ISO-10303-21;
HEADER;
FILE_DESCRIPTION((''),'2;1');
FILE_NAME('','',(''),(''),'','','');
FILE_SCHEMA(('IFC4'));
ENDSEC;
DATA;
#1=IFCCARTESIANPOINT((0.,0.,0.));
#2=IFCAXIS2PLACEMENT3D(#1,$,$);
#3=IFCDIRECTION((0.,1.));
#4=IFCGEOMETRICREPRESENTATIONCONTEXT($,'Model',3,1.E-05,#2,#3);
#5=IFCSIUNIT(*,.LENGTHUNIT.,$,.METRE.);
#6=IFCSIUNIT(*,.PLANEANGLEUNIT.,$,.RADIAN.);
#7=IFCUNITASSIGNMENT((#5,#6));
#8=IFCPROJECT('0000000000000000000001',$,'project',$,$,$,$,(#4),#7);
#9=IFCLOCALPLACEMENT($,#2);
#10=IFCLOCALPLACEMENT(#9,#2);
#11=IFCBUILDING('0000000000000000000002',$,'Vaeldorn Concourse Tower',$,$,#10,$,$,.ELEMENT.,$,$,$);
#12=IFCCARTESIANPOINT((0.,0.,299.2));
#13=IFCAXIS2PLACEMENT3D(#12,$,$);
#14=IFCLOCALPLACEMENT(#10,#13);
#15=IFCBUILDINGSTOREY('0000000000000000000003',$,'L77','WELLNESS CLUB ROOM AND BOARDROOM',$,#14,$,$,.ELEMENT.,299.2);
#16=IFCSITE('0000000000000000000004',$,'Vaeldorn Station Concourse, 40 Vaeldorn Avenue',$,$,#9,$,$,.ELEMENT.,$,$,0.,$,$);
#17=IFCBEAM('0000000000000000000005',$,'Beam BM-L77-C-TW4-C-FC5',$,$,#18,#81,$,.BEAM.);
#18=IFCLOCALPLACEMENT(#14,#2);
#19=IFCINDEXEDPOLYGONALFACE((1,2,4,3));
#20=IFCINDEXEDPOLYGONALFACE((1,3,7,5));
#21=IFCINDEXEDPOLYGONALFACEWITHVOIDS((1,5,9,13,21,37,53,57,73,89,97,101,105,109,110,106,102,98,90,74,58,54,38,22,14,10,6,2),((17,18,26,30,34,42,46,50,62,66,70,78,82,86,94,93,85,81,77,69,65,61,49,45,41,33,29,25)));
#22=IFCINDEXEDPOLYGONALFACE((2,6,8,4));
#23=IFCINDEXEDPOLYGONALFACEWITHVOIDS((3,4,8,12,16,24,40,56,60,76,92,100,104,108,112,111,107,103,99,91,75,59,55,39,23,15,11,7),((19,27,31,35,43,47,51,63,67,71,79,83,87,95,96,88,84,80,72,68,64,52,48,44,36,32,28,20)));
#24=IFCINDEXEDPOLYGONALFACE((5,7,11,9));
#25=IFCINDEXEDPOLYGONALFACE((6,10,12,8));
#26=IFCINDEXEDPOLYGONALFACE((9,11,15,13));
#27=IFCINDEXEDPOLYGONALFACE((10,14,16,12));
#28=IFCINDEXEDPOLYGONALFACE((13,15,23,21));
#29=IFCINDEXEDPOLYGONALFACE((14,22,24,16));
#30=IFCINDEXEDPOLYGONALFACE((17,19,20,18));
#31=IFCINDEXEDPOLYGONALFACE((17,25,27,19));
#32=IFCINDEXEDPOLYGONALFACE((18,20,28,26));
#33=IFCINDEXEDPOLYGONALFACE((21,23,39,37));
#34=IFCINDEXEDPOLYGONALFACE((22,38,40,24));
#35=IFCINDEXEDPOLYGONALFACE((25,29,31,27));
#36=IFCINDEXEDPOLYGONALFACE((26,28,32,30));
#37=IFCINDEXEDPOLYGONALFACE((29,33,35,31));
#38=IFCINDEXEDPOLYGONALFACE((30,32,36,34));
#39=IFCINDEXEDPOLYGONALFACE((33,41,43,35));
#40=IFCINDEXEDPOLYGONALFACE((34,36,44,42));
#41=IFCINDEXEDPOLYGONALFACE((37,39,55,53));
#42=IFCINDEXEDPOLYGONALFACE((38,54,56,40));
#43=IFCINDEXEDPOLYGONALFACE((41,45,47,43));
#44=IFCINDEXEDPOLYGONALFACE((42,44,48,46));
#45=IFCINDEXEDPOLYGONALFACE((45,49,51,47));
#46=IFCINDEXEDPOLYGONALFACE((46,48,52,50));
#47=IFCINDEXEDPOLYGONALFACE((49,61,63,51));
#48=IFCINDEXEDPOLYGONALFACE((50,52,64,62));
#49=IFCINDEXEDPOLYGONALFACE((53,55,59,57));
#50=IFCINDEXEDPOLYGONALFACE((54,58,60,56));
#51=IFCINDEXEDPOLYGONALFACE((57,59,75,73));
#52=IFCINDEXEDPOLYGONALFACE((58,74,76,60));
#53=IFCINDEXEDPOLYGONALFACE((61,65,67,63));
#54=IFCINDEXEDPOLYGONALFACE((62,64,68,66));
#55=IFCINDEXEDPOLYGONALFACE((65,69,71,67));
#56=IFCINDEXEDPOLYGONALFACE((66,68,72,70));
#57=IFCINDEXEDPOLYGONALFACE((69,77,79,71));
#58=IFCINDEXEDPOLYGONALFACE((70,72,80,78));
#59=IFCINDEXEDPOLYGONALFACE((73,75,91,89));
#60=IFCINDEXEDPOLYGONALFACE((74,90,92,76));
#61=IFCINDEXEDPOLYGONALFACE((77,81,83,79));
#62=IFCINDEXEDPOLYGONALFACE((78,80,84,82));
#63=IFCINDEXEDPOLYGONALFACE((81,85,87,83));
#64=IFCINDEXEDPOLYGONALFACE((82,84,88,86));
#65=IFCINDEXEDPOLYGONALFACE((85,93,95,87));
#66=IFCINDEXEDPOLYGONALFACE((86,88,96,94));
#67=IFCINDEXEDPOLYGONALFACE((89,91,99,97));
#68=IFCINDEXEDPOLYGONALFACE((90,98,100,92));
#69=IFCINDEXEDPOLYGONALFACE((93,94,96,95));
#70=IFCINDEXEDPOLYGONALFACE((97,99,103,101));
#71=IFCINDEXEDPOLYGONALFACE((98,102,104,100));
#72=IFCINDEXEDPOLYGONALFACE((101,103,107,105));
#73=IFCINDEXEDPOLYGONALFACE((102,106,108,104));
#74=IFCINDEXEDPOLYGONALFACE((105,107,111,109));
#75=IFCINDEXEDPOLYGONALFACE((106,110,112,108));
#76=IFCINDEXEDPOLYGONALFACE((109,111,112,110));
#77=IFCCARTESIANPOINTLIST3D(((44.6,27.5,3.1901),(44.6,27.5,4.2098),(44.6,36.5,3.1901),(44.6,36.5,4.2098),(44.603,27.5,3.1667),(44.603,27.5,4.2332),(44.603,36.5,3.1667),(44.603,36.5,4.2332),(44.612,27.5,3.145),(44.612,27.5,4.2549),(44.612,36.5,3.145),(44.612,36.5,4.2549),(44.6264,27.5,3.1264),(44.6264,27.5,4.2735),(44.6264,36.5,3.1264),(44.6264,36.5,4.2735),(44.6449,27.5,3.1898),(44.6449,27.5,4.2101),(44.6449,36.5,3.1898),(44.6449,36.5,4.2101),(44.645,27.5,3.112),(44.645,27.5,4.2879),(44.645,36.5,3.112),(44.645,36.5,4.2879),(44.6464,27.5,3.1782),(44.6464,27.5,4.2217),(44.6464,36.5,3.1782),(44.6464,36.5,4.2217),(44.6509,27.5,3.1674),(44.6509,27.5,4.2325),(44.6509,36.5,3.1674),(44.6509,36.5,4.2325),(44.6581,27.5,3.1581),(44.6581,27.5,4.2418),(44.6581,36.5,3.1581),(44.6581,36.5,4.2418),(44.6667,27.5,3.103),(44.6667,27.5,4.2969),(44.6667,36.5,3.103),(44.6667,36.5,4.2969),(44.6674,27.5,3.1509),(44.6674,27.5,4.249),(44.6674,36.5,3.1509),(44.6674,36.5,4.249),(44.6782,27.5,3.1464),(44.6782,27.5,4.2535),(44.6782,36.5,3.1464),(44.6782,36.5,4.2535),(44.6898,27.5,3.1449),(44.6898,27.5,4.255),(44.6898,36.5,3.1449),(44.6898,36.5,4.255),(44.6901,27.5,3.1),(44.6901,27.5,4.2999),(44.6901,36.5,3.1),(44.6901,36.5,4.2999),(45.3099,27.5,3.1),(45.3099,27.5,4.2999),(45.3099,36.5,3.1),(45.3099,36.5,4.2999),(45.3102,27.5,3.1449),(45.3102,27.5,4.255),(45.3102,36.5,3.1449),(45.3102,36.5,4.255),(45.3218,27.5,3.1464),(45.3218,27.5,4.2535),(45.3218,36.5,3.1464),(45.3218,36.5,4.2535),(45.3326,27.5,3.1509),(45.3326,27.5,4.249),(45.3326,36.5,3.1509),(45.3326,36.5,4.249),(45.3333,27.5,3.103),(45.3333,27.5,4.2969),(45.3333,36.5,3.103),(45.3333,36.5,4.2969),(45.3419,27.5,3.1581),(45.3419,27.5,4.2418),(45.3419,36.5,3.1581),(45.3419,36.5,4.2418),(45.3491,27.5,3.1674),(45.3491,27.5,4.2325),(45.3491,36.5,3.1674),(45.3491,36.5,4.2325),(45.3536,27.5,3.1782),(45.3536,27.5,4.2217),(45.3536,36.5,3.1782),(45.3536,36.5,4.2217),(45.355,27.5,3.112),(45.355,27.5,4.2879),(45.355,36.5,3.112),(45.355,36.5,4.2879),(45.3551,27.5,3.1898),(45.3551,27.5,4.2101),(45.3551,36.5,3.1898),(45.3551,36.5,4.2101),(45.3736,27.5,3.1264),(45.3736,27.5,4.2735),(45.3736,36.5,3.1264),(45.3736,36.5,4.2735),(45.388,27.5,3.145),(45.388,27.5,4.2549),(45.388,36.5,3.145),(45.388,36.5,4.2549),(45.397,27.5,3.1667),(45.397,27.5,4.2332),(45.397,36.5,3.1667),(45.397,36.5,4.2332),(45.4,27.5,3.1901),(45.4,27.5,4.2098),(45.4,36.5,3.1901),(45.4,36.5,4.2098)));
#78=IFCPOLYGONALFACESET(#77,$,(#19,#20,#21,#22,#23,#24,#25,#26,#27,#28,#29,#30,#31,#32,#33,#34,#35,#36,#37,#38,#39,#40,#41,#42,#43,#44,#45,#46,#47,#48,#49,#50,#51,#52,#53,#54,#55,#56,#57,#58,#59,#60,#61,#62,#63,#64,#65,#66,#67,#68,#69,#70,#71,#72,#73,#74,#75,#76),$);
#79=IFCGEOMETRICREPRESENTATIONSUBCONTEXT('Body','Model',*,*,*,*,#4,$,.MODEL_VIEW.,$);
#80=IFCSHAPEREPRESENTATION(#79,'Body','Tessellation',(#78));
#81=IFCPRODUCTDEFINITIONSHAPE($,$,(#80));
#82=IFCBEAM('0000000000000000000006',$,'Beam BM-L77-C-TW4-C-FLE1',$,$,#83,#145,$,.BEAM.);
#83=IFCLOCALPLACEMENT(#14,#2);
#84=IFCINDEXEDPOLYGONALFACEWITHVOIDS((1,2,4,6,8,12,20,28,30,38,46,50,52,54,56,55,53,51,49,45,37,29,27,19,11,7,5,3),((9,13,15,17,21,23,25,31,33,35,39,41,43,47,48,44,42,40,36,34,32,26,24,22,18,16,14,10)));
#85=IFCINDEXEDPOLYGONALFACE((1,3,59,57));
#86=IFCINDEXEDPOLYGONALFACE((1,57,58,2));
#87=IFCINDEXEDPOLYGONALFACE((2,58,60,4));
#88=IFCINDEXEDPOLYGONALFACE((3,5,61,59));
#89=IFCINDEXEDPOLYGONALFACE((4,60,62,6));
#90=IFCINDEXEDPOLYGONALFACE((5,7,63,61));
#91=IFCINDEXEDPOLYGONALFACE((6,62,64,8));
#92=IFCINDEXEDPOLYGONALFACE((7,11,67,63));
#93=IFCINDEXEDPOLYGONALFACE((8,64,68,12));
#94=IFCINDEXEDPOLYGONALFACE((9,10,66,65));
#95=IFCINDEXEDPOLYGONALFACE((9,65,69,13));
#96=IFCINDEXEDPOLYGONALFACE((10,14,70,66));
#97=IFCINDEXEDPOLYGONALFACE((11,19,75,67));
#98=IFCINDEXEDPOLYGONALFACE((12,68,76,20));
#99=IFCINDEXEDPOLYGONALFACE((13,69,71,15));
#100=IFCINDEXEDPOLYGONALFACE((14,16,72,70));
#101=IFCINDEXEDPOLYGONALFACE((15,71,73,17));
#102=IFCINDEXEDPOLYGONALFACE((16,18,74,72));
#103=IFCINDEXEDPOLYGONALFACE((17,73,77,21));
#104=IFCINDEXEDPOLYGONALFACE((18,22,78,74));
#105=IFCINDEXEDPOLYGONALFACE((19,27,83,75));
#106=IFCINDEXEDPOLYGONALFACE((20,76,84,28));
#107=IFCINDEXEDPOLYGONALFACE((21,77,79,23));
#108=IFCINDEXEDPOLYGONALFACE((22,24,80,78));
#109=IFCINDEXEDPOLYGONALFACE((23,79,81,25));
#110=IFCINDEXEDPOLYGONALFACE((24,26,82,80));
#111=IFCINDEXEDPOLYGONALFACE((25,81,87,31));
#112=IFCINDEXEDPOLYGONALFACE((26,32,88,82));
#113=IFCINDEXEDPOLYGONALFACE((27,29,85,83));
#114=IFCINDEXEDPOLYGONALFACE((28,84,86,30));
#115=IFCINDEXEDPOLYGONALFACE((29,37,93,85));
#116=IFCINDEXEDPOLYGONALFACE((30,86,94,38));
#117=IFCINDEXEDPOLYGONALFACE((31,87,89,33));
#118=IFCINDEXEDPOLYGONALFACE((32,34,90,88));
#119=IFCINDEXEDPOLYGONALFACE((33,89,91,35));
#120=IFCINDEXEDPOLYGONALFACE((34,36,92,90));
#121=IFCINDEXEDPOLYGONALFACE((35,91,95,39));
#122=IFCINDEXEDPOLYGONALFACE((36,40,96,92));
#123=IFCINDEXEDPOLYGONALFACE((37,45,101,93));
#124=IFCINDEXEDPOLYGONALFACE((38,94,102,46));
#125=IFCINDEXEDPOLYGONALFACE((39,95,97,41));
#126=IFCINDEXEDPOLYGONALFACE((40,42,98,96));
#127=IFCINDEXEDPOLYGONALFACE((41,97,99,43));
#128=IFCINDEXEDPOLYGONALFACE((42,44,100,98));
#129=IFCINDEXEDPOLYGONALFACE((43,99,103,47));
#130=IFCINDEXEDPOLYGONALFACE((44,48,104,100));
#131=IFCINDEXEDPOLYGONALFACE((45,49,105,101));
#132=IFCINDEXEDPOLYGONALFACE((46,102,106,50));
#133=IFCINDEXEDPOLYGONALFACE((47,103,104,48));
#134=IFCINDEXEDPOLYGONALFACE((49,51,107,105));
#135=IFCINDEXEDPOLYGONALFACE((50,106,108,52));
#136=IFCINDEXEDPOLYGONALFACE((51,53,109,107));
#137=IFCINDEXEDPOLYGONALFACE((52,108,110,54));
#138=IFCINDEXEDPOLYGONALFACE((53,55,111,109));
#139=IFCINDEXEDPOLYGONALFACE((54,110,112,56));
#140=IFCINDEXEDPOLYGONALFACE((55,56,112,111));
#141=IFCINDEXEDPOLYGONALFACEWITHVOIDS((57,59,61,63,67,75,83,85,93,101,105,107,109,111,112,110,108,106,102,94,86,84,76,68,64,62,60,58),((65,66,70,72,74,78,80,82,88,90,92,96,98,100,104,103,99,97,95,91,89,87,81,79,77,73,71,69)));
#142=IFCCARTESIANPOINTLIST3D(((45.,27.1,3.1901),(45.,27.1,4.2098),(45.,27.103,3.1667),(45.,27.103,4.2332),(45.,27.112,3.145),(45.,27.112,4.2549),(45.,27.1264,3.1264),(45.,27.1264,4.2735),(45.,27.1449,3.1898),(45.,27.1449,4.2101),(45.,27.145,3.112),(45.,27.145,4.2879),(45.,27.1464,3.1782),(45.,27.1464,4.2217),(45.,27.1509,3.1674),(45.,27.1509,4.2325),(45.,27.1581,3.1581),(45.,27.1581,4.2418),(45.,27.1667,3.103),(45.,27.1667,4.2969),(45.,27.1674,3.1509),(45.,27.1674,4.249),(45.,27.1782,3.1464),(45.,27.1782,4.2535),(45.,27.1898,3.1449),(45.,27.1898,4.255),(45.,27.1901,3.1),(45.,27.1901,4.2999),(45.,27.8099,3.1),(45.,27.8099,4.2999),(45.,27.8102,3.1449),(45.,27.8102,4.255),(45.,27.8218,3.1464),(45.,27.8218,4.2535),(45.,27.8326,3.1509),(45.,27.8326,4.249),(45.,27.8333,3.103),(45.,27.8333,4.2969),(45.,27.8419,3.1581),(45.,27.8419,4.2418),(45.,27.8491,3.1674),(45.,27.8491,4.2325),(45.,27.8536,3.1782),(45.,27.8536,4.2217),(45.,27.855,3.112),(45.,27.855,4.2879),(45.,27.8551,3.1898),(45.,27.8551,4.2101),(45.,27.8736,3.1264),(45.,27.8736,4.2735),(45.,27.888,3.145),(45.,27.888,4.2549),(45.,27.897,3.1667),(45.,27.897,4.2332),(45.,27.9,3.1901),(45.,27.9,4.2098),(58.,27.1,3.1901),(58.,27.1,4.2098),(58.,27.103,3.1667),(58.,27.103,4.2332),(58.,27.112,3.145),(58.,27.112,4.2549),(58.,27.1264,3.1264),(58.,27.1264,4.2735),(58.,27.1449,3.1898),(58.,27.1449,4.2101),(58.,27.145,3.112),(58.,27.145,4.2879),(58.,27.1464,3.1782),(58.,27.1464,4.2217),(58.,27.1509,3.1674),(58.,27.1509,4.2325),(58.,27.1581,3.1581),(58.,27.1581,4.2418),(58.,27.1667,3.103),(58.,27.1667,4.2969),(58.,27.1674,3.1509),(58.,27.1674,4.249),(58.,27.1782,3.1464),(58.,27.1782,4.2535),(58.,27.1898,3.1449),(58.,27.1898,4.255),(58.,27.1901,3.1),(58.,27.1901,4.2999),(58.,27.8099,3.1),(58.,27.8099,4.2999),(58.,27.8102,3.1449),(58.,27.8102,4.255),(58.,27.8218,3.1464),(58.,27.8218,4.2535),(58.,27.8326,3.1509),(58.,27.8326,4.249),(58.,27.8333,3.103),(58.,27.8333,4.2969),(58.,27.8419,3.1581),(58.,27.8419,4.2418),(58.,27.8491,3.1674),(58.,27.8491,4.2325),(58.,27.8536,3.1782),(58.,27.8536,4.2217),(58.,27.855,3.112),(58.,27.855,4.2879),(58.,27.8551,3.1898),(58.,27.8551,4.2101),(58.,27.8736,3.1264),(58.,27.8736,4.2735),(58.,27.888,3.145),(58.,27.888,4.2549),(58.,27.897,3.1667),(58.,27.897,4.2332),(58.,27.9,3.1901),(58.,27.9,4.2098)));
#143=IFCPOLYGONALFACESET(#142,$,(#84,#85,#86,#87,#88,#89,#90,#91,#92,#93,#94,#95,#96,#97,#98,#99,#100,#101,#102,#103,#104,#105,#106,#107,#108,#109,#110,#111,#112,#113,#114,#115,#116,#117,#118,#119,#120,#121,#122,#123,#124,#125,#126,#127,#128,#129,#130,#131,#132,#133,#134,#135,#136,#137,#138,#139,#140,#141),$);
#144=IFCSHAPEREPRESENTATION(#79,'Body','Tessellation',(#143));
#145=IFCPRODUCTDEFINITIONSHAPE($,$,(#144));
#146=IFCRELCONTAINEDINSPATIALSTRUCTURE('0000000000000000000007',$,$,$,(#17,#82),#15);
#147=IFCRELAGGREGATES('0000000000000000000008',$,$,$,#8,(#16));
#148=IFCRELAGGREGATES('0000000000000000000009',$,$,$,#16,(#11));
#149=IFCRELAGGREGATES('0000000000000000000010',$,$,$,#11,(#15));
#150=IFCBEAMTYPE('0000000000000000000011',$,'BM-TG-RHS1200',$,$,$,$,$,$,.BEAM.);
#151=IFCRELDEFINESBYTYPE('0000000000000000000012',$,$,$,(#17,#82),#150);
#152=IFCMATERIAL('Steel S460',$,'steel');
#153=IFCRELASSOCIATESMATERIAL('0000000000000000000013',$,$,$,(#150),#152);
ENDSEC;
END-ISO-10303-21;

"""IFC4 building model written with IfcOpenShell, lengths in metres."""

from ifc_helpers import new_model, si_unit, direction, frame, origin, origin_2d, place, context, subcontext, project, spatial, hollow_rectangle, extrude, source, transform, mapped, material, material_profile, profile_set, type_object, element, save


model = new_model("IFC4")

# Units and contexts
model_context = context("Model", 3, precision=1e-05, world=origin(), true_north=direction((0.0, 1.0)))
body_context = subcontext(model_context, "Body", "Model", "MODEL_VIEW")
ifc_project = project(units=[si_unit("LENGTHUNIT", "METRE"), si_unit("PLANEANGLEUNIT", "RADIAN")], contexts=[model_context])

# Site, building, storey
site_placement = place(None, origin())
site = spatial("IfcSite", under=ifc_project, at=site_placement, Name="Vaeldorn Station Concourse, 40 Vaeldorn Avenue", CompositionType="ELEMENT", RefElevation=0.0)
building_placement = place(site_placement, origin())
building = spatial("IfcBuilding", under=site, at=building_placement, Name="Vaeldorn Concourse Tower", CompositionType="ELEMENT")
storey_placement = place(building_placement, frame((0.0, 0.0, 299.2)))
storey = spatial("IfcBuildingStorey", under=building, at=storey_placement, Name="L77", Description="WELLNESS CLUB ROOM AND BOARDROOM", CompositionType="ELEMENT", Elevation=299.2)

# Beams
ifc_material_1 = material(Name="Steel S460", Category="steel")
ifc_material_profile_1 = material_profile(ifc_material_1, hollow_rectangle(XDim=0.8, YDim=1.2, WallThickness=0.0449, InnerFilletRadius=0.0449, OuterFilletRadius=0.0901, at=origin_2d()), Name="RHS 1200x800x45")
ifc_profile_set_1 = profile_set([ifc_material_profile_1], Name="Steel S460")
beam_type_1 = type_object("IfcBeamType", Name="BM-TG-RHS1200", PredefinedType="BEAM", material=ifc_profile_set_1)
shared_shape_1 = source(origin(), body_context, "Body", "SweptSolid", [
    extrude(hollow_rectangle(XDim=0.8, YDim=1.2, WallThickness=0.0449, InnerFilletRadius=0.0449, OuterFilletRadius=0.0901, at=origin_2d()), origin(), (0.0, 0.0, 1.0), 9.0),
])
for number, where, z_axis, x_axis, name in (
    (1, (45.0, 27.5, 3.7), (0.0, 1.0, 0.0), (-1.0, 0.0, 0.0), "Beam BM-L77-C-TW4-C-FC5"),
):
    element("IfcBeam", number, at=place(storey_placement, frame(where, z_axis=z_axis, x_axis=x_axis)), inside=storey, type_object=beam_type_1, Name=name, PredefinedType="BEAM", context=body_context, shape_type="MappedRepresentation", body=[
        mapped(shared_shape_1, transform((0.0, 0.0, 0.0), scale=1.0)),
    ])
shared_shape_2 = source(origin(), body_context, "Body", "SweptSolid", [
    extrude(hollow_rectangle(XDim=0.8, YDim=1.2, WallThickness=0.0449, InnerFilletRadius=0.0449, OuterFilletRadius=0.0901, at=origin_2d()), origin(), (0.0, 0.0, 1.0), 13.0),
])
beam_1_placement = place(storey_placement, frame((45.0, 27.5, 3.7), z_axis=(1.0, 0.0, 0.0), x_axis=(0.0, 1.0, 0.0)))
element("IfcBeam", 2, at=beam_1_placement, inside=storey, type_object=beam_type_1, Name="Beam BM-L77-C-TW4-C-FLE1", PredefinedType="BEAM", context=body_context, shape_type="MappedRepresentation", body=[
    mapped(shared_shape_2, transform((0.0, 0.0, 0.0), scale=1.0)),
])

save(model, "model.ifc")
